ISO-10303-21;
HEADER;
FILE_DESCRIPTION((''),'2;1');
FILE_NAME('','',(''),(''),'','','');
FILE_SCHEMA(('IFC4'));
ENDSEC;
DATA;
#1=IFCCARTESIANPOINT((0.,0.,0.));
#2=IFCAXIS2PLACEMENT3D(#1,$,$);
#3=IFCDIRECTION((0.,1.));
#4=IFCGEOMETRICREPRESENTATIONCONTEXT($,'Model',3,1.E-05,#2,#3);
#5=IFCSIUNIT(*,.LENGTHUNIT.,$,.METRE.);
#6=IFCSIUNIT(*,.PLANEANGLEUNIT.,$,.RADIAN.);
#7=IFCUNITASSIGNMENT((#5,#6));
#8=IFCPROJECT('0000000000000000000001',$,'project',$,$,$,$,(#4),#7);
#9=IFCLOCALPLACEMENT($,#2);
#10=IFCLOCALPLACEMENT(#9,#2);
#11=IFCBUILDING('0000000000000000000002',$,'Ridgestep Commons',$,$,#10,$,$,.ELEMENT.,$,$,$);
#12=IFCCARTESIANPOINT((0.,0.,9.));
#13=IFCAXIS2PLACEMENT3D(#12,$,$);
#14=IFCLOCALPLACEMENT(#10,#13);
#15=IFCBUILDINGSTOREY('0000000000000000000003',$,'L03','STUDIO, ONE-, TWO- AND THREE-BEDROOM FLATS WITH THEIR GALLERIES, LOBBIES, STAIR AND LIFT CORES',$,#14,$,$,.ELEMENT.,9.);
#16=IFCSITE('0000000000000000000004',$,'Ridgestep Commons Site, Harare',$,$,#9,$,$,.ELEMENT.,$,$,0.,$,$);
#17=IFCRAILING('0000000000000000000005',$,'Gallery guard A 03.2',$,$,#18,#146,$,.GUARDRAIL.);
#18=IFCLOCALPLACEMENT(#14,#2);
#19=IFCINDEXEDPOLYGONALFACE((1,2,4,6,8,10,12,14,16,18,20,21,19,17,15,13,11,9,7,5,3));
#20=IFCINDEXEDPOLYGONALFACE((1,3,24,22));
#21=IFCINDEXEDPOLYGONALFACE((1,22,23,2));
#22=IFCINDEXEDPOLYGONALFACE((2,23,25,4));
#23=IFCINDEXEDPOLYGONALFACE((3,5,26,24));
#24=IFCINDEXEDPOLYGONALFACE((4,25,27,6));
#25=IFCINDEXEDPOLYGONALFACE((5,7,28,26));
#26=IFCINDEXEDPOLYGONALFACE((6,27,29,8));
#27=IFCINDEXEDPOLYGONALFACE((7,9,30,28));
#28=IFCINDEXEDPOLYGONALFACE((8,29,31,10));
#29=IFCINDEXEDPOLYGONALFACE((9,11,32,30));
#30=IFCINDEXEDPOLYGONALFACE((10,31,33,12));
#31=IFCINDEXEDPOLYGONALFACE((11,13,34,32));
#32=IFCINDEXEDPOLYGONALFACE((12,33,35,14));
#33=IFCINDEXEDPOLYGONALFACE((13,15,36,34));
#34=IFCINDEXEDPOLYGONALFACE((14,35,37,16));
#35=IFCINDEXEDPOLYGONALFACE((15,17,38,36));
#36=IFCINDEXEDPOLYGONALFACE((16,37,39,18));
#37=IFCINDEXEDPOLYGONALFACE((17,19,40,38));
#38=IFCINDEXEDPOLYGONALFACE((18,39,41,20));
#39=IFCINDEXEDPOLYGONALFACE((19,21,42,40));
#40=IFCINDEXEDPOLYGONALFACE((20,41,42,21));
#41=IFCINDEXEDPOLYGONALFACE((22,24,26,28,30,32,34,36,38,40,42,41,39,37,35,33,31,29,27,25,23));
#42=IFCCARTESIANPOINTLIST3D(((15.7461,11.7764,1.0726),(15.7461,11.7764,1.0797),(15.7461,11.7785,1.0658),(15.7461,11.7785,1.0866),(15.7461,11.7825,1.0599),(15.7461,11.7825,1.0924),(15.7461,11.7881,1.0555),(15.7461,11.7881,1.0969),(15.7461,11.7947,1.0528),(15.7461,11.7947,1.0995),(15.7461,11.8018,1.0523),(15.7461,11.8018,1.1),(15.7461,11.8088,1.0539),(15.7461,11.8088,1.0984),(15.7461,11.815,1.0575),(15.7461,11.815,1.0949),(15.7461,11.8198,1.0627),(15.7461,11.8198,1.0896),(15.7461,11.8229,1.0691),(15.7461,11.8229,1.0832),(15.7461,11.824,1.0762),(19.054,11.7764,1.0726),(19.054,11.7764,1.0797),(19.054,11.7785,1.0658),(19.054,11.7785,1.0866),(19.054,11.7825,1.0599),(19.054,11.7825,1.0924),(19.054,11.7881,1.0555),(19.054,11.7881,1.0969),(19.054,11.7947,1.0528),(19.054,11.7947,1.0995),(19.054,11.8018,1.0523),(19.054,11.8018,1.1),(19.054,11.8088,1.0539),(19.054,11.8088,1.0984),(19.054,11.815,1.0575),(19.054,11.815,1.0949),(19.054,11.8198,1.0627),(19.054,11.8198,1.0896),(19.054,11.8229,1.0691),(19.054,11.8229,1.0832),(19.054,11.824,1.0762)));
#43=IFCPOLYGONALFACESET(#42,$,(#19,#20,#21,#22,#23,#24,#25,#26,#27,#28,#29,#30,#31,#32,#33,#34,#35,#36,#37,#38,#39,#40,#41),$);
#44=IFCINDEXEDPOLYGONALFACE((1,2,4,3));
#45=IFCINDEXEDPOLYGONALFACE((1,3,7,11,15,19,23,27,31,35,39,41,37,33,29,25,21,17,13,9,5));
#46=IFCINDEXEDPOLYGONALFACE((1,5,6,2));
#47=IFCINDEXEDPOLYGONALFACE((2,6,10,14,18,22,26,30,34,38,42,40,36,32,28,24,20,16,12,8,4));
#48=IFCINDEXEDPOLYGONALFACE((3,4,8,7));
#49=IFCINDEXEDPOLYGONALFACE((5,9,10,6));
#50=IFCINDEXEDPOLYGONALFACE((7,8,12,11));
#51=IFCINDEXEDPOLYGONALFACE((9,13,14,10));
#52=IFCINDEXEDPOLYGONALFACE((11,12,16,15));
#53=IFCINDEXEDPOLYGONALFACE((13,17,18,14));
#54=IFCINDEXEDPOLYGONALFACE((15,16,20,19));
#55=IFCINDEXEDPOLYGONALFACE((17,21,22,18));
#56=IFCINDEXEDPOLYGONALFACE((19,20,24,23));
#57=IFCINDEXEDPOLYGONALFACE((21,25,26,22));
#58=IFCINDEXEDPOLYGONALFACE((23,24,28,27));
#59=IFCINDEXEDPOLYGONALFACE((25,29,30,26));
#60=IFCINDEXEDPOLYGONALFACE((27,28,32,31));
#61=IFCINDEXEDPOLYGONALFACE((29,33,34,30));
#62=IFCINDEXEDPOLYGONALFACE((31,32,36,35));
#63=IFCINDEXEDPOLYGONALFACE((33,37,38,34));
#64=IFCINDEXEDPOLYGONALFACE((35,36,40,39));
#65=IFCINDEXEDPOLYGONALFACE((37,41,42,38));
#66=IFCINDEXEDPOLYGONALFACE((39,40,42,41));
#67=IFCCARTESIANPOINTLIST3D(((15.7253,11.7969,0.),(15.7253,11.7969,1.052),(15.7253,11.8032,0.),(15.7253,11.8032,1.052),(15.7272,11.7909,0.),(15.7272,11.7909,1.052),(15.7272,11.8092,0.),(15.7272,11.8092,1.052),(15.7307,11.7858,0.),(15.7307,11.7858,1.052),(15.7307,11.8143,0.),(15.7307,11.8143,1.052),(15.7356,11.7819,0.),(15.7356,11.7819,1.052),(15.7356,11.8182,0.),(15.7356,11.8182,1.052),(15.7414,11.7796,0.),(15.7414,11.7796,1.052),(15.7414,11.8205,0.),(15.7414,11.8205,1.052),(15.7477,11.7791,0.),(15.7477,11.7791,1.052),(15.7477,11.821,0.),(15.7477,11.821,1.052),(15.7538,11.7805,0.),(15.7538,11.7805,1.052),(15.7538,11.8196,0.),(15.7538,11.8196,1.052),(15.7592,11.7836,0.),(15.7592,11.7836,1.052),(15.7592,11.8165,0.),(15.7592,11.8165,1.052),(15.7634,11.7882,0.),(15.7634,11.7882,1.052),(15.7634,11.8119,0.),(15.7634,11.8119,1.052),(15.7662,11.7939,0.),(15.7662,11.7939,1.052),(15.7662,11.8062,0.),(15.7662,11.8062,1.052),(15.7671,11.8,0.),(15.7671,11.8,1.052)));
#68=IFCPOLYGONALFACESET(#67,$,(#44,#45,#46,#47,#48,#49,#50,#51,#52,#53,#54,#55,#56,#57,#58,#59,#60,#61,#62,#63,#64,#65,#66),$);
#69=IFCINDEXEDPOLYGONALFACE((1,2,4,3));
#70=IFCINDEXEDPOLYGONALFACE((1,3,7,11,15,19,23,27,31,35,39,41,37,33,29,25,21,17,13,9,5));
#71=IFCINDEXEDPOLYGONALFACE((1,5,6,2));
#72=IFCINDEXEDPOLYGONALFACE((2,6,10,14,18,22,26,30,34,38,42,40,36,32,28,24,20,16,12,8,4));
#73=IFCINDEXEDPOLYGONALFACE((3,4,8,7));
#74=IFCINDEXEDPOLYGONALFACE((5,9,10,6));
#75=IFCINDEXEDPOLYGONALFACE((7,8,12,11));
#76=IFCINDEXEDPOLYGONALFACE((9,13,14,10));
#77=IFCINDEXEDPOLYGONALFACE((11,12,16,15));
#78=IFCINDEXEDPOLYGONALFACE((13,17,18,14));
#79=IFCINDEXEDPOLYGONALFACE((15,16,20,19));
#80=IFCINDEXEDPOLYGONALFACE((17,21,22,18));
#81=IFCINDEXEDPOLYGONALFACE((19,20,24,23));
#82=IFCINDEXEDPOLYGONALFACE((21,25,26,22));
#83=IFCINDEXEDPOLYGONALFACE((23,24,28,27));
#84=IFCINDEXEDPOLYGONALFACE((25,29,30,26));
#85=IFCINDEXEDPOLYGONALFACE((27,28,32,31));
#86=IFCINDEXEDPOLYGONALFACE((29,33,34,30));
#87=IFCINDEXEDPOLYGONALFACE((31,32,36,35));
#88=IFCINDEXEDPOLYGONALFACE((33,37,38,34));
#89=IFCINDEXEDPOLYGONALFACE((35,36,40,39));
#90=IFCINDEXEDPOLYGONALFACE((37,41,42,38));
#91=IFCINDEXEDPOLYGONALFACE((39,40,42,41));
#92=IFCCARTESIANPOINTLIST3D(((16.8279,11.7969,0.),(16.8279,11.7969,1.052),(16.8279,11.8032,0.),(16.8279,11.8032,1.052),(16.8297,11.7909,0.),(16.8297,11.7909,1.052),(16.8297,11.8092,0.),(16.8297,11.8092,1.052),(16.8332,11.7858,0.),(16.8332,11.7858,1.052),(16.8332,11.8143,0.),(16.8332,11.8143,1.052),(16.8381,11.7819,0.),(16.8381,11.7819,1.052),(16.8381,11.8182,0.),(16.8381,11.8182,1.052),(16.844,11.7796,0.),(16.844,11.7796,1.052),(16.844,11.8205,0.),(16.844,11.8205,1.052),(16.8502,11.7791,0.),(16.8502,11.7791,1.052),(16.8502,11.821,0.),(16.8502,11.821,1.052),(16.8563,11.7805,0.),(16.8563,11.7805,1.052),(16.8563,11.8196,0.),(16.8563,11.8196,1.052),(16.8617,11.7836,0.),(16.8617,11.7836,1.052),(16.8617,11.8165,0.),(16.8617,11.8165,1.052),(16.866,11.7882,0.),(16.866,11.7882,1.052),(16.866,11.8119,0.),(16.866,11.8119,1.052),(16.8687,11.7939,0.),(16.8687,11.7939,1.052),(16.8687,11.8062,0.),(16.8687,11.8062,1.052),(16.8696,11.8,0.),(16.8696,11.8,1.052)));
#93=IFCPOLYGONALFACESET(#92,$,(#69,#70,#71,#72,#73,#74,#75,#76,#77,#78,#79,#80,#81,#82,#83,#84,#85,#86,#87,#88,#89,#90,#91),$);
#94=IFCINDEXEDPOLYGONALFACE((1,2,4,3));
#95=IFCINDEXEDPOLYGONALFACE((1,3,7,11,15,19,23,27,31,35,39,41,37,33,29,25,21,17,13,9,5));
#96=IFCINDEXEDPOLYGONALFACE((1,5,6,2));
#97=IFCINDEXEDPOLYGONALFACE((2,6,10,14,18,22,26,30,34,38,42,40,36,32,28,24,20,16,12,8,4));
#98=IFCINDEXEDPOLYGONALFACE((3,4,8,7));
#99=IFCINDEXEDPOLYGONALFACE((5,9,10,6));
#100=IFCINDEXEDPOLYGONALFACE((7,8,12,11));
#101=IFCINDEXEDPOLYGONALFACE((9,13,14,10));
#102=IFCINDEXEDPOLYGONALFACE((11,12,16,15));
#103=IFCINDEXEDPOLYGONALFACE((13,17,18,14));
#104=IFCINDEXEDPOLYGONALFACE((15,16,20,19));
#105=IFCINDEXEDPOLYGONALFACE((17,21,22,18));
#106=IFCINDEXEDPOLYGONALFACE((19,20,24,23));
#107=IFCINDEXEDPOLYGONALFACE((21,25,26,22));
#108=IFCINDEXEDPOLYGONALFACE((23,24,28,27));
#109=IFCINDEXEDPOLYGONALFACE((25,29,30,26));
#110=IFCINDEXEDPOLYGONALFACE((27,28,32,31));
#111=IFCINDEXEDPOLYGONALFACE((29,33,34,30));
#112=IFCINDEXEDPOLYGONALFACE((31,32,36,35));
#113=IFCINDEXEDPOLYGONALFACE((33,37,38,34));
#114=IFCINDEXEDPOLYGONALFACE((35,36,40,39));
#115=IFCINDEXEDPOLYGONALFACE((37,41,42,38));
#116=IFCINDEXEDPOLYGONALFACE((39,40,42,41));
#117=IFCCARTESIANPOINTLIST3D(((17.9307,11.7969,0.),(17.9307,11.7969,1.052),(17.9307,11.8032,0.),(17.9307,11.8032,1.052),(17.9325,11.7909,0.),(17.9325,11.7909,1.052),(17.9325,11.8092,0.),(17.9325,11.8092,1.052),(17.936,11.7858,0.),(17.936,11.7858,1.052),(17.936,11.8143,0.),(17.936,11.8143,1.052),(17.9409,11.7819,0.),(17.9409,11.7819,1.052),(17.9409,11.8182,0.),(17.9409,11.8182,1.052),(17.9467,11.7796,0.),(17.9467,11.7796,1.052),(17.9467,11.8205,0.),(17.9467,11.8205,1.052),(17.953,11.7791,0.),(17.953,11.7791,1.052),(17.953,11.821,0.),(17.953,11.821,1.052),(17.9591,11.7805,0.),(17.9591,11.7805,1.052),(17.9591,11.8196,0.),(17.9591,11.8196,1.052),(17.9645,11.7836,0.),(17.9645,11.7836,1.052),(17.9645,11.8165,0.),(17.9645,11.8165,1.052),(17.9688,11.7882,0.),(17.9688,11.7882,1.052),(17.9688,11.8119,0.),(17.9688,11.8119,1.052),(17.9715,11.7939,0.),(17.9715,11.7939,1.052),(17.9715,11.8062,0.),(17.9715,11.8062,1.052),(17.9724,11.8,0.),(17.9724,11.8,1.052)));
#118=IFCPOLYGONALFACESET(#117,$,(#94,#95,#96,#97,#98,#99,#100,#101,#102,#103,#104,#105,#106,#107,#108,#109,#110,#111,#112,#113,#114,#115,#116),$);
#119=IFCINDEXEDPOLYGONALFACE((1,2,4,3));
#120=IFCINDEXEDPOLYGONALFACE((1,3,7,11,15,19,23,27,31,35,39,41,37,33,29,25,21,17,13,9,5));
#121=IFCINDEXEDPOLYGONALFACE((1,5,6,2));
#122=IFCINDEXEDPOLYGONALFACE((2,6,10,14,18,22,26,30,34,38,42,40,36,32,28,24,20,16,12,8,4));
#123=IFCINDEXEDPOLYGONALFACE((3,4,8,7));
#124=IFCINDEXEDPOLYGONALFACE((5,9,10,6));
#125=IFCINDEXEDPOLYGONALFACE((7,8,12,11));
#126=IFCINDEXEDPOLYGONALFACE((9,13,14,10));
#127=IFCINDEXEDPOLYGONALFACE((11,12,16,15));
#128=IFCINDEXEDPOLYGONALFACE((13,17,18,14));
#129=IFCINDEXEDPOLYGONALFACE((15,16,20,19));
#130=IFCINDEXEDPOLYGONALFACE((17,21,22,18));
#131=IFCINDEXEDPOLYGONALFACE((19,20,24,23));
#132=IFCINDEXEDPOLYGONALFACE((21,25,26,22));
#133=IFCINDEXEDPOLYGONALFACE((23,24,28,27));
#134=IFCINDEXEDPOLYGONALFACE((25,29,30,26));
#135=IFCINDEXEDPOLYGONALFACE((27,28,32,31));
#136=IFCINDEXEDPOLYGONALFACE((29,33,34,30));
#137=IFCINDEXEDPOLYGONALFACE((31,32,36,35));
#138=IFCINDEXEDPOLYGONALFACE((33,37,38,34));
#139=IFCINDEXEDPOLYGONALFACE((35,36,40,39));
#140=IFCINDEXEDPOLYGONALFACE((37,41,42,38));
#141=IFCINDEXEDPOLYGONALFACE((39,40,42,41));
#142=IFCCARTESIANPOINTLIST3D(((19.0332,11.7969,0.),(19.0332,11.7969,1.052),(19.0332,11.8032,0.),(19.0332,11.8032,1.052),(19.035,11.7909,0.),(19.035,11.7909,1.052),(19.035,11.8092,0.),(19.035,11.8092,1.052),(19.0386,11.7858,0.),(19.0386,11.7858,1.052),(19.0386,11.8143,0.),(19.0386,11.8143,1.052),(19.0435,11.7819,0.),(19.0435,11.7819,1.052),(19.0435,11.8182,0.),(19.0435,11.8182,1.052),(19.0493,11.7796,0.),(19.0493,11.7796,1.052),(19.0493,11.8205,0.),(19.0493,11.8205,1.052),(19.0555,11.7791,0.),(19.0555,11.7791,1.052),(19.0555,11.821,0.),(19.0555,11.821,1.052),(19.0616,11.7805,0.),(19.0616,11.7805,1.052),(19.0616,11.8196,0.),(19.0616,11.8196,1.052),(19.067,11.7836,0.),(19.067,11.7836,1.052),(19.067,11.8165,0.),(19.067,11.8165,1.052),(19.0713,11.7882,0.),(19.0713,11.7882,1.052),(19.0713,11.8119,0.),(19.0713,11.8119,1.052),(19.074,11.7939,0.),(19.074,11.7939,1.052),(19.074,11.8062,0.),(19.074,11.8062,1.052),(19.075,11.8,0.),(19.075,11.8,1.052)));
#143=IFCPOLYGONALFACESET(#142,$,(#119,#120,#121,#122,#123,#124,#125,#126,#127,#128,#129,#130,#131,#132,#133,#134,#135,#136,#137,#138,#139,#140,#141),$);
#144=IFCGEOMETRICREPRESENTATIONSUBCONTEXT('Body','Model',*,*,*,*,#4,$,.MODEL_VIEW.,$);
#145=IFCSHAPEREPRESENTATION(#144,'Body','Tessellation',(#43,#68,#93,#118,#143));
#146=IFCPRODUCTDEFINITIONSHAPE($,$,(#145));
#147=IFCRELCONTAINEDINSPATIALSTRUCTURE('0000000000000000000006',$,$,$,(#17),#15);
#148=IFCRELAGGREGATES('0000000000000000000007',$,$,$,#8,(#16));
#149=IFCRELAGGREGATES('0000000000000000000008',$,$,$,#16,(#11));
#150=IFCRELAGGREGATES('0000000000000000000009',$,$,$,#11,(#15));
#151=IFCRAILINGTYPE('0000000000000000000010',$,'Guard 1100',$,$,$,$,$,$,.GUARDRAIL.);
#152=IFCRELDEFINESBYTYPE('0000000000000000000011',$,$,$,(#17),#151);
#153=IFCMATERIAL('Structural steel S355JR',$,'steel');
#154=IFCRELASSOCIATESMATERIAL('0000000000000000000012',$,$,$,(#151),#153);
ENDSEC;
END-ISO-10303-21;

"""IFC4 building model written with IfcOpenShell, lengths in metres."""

from ifc_helpers import new_model, si_unit, direction, frame, origin, origin_2d, place, context, subcontext, project, spatial, circle, extrude, material, type_object, element, save


model = new_model("IFC4")

# Units and contexts
model_context = context("Model", 3, precision=1e-05, world=origin(), true_north=direction((0.0, 1.0)))
body_context = subcontext(model_context, "Body", "Model", "MODEL_VIEW")
ifc_project = project(units=[si_unit("LENGTHUNIT", "METRE"), si_unit("PLANEANGLEUNIT", "RADIAN")], contexts=[model_context])

# Site, building, storey
site_placement = place(None, origin())
site = spatial("IfcSite", under=ifc_project, at=site_placement, Name="Ridgestep Commons Site, Harare", CompositionType="ELEMENT", RefElevation=0.0)
building_placement = place(site_placement, origin())
building = spatial("IfcBuilding", under=site, at=building_placement, Name="Ridgestep Commons", CompositionType="ELEMENT")
storey_placement = place(building_placement, frame((0.0, 0.0, 9.0)))
storey = spatial("IfcBuildingStorey", under=building, at=storey_placement, Name="L03", Description="STUDIO, ONE-, TWO- AND THREE-BEDROOM FLATS WITH THEIR GALLERIES, LOBBIES, STAIR AND LIFT CORES", CompositionType="ELEMENT", Elevation=9.0)

# Railing
ifc_material_1 = material(Name="Structural steel S355JR", Category="steel")
railing_type = type_object("IfcRailingType", Name="Guard 1100", PredefinedType="GUARDRAIL", material=ifc_material_1)
railing_1_placement = place(storey_placement, frame((15.7461, 11.8, 0.0)))
element("IfcRailing", 1, at=railing_1_placement, inside=storey, type_object=railing_type, Name="Gallery guard A 03.2", PredefinedType="GUARDRAIL", context=body_context, shape_type="SweptSolid", body=[
    extrude(circle(Radius=0.0239, at=origin_2d()), frame((0.0, 0.0, 1.0762), z_axis=(1.0, 0.0, 0.0), x_axis=(0.0, 1.0, 0.0)), (0.0, 0.0, 1.0), 3.3079),
    extrude(circle(Radius=0.021, at=origin_2d()), origin(), (0.0, 0.0, 1.0), 1.052),
    extrude(circle(Radius=0.021, at=origin_2d()), frame((1.1025, 0.0, 0.0)), (0.0, 0.0, 1.0), 1.052),
    extrude(circle(Radius=0.021, at=origin_2d()), frame((2.2053, 0.0, 0.0)), (0.0, 0.0, 1.0), 1.052),
    extrude(circle(Radius=0.021, at=origin_2d()), frame((3.3079, 0.0, 0.0)), (0.0, 0.0, 1.0), 1.052),
])

save(model, "model.ifc")
